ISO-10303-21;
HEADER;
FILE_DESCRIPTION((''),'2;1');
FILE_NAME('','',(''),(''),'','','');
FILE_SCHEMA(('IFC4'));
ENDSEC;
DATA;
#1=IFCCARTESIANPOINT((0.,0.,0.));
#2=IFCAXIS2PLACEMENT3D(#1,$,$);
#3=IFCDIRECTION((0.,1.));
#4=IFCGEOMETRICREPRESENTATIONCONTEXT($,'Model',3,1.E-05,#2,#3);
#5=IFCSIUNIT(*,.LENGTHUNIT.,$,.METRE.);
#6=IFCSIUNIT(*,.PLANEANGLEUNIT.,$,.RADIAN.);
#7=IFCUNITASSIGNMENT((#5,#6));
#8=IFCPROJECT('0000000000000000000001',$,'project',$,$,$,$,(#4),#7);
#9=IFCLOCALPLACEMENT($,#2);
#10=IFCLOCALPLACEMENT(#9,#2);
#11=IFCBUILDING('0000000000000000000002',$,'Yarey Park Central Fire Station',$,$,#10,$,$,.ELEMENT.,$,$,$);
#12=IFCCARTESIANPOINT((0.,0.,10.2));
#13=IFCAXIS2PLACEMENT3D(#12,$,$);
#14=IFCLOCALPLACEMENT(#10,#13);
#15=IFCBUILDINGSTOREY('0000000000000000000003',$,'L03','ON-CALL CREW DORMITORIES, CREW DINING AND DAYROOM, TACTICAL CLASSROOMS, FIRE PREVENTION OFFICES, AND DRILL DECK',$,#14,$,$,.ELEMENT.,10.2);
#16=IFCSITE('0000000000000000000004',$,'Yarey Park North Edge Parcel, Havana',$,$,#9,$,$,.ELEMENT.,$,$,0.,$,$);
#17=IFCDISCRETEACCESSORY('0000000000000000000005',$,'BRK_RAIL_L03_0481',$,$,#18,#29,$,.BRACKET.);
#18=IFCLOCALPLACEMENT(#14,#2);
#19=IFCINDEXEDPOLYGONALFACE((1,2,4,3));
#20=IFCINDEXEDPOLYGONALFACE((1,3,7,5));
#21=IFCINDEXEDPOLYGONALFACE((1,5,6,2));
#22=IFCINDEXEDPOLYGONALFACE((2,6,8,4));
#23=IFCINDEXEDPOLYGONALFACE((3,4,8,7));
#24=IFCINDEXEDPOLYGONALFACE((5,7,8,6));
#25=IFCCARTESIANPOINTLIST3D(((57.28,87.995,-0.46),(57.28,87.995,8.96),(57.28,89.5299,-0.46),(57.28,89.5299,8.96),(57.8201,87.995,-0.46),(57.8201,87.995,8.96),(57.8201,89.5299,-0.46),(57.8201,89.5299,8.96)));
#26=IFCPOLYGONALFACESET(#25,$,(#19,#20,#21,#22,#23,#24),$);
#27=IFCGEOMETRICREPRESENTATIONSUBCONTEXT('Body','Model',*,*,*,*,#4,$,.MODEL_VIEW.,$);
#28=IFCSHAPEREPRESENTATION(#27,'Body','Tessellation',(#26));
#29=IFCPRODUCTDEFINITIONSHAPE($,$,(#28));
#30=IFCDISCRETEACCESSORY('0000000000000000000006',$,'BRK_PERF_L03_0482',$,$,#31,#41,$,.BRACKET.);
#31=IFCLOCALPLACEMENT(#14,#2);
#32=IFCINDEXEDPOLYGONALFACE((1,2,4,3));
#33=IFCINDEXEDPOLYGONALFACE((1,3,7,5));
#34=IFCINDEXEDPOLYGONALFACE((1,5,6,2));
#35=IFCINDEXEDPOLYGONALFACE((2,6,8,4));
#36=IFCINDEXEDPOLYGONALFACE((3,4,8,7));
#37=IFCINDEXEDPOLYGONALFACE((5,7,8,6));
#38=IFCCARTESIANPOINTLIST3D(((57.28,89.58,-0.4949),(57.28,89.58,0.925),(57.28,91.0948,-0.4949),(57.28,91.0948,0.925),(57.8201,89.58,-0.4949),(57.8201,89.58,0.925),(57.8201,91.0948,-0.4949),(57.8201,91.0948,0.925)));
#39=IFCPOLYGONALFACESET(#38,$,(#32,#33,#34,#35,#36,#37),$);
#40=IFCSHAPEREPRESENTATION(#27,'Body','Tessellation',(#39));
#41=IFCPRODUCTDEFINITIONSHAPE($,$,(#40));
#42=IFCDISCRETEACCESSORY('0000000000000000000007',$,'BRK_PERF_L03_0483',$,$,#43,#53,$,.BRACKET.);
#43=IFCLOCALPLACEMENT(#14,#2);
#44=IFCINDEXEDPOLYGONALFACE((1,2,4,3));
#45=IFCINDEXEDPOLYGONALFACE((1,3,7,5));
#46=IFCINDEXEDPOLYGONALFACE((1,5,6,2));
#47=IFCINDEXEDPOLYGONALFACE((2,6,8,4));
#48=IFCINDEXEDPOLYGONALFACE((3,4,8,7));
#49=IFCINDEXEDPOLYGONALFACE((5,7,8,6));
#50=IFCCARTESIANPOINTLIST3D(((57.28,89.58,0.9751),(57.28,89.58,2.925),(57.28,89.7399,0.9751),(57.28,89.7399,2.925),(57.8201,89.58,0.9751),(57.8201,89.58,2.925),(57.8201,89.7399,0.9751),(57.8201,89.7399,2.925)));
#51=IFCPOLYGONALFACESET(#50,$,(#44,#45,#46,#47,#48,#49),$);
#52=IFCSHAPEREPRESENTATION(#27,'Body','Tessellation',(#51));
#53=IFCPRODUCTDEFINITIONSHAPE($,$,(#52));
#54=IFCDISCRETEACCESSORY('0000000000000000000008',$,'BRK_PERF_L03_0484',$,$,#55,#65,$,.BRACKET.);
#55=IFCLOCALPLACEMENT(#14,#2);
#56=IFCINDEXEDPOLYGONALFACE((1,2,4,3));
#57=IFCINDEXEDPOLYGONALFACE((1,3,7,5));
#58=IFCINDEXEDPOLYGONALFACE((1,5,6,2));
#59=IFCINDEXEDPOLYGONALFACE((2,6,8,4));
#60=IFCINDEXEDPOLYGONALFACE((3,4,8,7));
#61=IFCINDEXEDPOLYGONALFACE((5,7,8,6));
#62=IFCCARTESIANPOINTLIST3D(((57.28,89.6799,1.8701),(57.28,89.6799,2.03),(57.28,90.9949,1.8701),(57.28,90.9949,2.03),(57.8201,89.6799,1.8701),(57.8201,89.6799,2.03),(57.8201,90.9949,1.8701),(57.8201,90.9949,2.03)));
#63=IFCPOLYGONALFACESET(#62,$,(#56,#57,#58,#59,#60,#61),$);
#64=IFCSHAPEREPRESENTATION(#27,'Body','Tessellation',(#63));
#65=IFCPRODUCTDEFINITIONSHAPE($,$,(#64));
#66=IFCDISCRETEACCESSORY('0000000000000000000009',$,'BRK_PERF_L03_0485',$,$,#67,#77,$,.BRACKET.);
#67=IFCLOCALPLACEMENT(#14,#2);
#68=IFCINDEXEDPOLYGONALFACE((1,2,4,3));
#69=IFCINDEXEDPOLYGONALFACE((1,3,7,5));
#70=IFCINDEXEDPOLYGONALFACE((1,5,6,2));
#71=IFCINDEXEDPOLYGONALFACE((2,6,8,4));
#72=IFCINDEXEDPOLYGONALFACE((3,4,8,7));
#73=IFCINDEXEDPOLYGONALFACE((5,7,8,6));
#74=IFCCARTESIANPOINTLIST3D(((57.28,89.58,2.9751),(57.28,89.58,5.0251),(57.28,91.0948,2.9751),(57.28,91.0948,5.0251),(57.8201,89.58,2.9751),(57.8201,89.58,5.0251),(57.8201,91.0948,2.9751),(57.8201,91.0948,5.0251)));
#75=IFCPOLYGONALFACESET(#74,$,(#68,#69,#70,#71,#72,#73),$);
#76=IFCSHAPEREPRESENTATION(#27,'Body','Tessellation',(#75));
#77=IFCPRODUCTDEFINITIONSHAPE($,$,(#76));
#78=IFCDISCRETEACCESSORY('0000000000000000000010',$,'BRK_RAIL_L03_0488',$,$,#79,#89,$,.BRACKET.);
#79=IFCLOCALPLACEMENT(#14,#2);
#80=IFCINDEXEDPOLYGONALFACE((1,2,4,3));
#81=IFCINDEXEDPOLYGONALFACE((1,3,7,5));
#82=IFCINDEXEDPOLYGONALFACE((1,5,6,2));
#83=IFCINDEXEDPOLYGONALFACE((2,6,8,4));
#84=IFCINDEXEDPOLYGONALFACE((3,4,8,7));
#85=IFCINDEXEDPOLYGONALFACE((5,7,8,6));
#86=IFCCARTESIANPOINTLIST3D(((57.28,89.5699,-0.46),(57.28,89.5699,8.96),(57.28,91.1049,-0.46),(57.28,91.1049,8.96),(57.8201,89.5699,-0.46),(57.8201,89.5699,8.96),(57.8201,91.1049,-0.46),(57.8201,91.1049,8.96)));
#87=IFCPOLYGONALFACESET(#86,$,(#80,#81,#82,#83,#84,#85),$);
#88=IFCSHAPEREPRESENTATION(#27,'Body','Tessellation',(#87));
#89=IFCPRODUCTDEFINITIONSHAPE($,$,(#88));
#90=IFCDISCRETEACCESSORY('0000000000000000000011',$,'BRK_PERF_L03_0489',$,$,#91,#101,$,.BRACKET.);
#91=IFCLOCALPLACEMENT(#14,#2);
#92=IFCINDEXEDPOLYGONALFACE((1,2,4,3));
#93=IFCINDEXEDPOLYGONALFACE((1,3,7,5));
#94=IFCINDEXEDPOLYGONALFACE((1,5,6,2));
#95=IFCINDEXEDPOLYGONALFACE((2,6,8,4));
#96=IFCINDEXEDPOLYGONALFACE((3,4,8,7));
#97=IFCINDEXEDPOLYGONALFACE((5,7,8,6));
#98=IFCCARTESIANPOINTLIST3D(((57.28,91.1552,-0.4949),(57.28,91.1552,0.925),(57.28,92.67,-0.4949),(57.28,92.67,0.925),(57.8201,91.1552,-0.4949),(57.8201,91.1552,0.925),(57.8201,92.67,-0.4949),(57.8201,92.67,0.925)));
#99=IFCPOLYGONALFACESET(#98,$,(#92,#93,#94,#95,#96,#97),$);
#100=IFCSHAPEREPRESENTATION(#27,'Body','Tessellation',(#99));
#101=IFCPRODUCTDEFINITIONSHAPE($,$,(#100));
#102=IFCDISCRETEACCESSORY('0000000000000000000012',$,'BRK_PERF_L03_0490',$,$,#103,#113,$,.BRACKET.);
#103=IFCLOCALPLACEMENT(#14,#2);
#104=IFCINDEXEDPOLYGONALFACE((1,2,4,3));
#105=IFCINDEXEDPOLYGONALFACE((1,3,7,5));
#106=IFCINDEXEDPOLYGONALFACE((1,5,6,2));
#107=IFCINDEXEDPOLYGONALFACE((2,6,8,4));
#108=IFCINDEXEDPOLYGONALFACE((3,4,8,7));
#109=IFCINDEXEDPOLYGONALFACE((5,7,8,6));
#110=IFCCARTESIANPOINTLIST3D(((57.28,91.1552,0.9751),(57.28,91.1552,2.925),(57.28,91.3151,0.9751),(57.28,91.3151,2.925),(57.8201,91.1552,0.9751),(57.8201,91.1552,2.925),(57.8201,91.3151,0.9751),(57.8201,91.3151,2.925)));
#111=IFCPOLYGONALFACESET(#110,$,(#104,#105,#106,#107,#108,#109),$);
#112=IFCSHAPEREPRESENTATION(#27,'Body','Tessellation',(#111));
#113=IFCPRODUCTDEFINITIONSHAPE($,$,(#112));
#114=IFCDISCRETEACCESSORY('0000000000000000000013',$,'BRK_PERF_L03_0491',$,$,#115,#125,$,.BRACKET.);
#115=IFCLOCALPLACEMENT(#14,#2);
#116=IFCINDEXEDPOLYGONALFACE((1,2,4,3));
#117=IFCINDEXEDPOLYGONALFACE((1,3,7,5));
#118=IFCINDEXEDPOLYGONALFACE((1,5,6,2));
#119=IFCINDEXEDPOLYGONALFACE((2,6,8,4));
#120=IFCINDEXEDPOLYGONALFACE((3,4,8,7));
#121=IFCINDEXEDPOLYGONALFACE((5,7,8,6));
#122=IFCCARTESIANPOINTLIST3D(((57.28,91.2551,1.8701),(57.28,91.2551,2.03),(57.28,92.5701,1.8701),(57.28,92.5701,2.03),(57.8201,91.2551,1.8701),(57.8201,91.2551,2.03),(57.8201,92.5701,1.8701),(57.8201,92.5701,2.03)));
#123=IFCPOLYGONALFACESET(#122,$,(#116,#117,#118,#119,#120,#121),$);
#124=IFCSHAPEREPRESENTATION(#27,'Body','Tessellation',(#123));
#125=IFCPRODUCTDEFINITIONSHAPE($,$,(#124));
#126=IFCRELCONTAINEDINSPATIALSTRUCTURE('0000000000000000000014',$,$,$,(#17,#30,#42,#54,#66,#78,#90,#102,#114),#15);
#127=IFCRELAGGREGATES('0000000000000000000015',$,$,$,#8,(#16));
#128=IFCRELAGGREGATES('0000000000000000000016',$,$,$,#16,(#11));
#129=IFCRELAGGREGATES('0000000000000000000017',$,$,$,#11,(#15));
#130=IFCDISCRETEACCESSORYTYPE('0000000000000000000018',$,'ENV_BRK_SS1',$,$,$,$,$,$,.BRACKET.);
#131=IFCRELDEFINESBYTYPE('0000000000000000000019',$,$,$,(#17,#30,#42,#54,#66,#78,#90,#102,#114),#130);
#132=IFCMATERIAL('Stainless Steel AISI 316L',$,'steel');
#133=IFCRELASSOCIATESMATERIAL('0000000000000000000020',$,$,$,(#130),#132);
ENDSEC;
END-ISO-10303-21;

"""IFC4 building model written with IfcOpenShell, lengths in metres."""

from ifc_helpers import new_model, si_unit, direction, frame, origin, origin_2d, place, context, subcontext, project, spatial, rectangle, extrude, material, type_object, element, save


model = new_model("IFC4")

# Units and contexts
model_context = context("Model", 3, precision=1e-05, world=origin(), true_north=direction((0.0, 1.0)))
body_context = subcontext(model_context, "Body", "Model", "MODEL_VIEW")
ifc_project = project(units=[si_unit("LENGTHUNIT", "METRE"), si_unit("PLANEANGLEUNIT", "RADIAN")], contexts=[model_context])

# Site, building, storey
site_placement = place(None, origin())
site = spatial("IfcSite", under=ifc_project, at=site_placement, Name="Yarey Park North Edge Parcel, Havana", CompositionType="ELEMENT", RefElevation=0.0)
building_placement = place(site_placement, origin())
building = spatial("IfcBuilding", under=site, at=building_placement, Name="Yarey Park Central Fire Station", CompositionType="ELEMENT")
storey_placement = place(building_placement, frame((0.0, 0.0, 10.2)))
storey = spatial("IfcBuildingStorey", under=building, at=storey_placement, Name="L03", Description="ON-CALL CREW DORMITORIES, CREW DINING AND DAYROOM, TACTICAL CLASSROOMS, FIRE PREVENTION OFFICES, AND DRILL DECK", CompositionType="ELEMENT", Elevation=10.2)

# Discrete accessories
ifc_material_1 = material(Name="Stainless Steel AISI 316L", Category="steel")
discrete_accessory_type = type_object("IfcDiscreteAccessoryType", Name="ENV_BRK_SS1", PredefinedType="BRACKET", material=ifc_material_1)
discrete_accessory_1_placement = place(storey_placement, frame((57.55, 88.7625, -0.46), z_axis=(0.0, 0.0, 1.0), x_axis=(1.0, 0.0, 0.0)))
element("IfcDiscreteAccessory", 1, at=discrete_accessory_1_placement, inside=storey, type_object=discrete_accessory_type, Name="BRK_RAIL_L03_0481", PredefinedType="BRACKET", context=body_context, shape_type="SweptSolid", body=[
    extrude(rectangle(XDim=0.54, YDim=1.5349, at=origin_2d()), origin(), (0.0, 0.0, 1.0), 9.4199),
])
discrete_accessory_2_placement = place(storey_placement, frame((57.55, 90.3374, -0.4949), z_axis=(0.0, 0.0, 1.0), x_axis=(1.0, 0.0, 0.0)))
element("IfcDiscreteAccessory", 2, at=discrete_accessory_2_placement, inside=storey, type_object=discrete_accessory_type, Name="BRK_PERF_L03_0482", PredefinedType="BRACKET", context=body_context, shape_type="SweptSolid", body=[
    extrude(rectangle(XDim=0.54, YDim=1.5149, at=origin_2d()), origin(), (0.0, 0.0, 1.0), 1.4199),
])
discrete_accessory_3_placement = place(storey_placement, frame((57.55, 89.6599, 0.9751), z_axis=(0.0, 0.0, 1.0), x_axis=(1.0, 0.0, 0.0)))
element("IfcDiscreteAccessory", 3, at=discrete_accessory_3_placement, inside=storey, type_object=discrete_accessory_type, Name="BRK_PERF_L03_0483", PredefinedType="BRACKET", context=body_context, shape_type="SweptSolid", body=[
    extrude(rectangle(XDim=0.54, YDim=0.1599, at=origin_2d()), origin(), (0.0, 0.0, 1.0), 1.95),
])
discrete_accessory_4_placement = place(storey_placement, frame((57.55, 90.3374, 1.8701), z_axis=(0.0, 0.0, 1.0), x_axis=(1.0, 0.0, 0.0)))
element("IfcDiscreteAccessory", 4, at=discrete_accessory_4_placement, inside=storey, type_object=discrete_accessory_type, Name="BRK_PERF_L03_0484", PredefinedType="BRACKET", context=body_context, shape_type="SweptSolid", body=[
    extrude(rectangle(XDim=0.54, YDim=1.3149, at=origin_2d()), origin(), (0.0, 0.0, 1.0), 0.1599),
])
discrete_accessory_5_placement = place(storey_placement, frame((57.55, 90.3374, 2.9751), z_axis=(0.0, 0.0, 1.0), x_axis=(1.0, 0.0, 0.0)))
element("IfcDiscreteAccessory", 5, at=discrete_accessory_5_placement, inside=storey, type_object=discrete_accessory_type, Name="BRK_PERF_L03_0485", PredefinedType="BRACKET", context=body_context, shape_type="SweptSolid", body=[
    extrude(rectangle(XDim=0.54, YDim=1.5149, at=origin_2d()), origin(), (0.0, 0.0, 1.0), 2.05),
])
discrete_accessory_6_placement = place(storey_placement, frame((57.55, 90.3374, -0.46), z_axis=(0.0, 0.0, 1.0), x_axis=(1.0, 0.0, 0.0)))
element("IfcDiscreteAccessory", 6, at=discrete_accessory_6_placement, inside=storey, type_object=discrete_accessory_type, Name="BRK_RAIL_L03_0488", PredefinedType="BRACKET", context=body_context, shape_type="SweptSolid", body=[
    extrude(rectangle(XDim=0.54, YDim=1.5349, at=origin_2d()), origin(), (0.0, 0.0, 1.0), 9.4199),
])
discrete_accessory_7_placement = place(storey_placement, frame((57.55, 91.9126, -0.4949), z_axis=(0.0, 0.0, 1.0), x_axis=(1.0, 0.0, 0.0)))
element("IfcDiscreteAccessory", 7, at=discrete_accessory_7_placement, inside=storey, type_object=discrete_accessory_type, Name="BRK_PERF_L03_0489", PredefinedType="BRACKET", context=body_context, shape_type="SweptSolid", body=[
    extrude(rectangle(XDim=0.54, YDim=1.5149, at=origin_2d()), origin(), (0.0, 0.0, 1.0), 1.4199),
])
discrete_accessory_8_placement = place(storey_placement, frame((57.55, 91.2351, 0.9751), z_axis=(0.0, 0.0, 1.0), x_axis=(1.0, 0.0, 0.0)))
element("IfcDiscreteAccessory", 8, at=discrete_accessory_8_placement, inside=storey, type_object=discrete_accessory_type, Name="BRK_PERF_L03_0490", PredefinedType="BRACKET", context=body_context, shape_type="SweptSolid", body=[
    extrude(rectangle(XDim=0.54, YDim=0.1599, at=origin_2d()), origin(), (0.0, 0.0, 1.0), 1.95),
])
discrete_accessory_9_placement = place(storey_placement, frame((57.55, 91.9126, 1.8701), z_axis=(0.0, 0.0, 1.0), x_axis=(1.0, 0.0, 0.0)))
element("IfcDiscreteAccessory", 9, at=discrete_accessory_9_placement, inside=storey, type_object=discrete_accessory_type, Name="BRK_PERF_L03_0491", PredefinedType="BRACKET", context=body_context, shape_type="SweptSolid", body=[
    extrude(rectangle(XDim=0.54, YDim=1.3149, at=origin_2d()), origin(), (0.0, 0.0, 1.0), 0.1599),
])

save(model, "model.ifc")
